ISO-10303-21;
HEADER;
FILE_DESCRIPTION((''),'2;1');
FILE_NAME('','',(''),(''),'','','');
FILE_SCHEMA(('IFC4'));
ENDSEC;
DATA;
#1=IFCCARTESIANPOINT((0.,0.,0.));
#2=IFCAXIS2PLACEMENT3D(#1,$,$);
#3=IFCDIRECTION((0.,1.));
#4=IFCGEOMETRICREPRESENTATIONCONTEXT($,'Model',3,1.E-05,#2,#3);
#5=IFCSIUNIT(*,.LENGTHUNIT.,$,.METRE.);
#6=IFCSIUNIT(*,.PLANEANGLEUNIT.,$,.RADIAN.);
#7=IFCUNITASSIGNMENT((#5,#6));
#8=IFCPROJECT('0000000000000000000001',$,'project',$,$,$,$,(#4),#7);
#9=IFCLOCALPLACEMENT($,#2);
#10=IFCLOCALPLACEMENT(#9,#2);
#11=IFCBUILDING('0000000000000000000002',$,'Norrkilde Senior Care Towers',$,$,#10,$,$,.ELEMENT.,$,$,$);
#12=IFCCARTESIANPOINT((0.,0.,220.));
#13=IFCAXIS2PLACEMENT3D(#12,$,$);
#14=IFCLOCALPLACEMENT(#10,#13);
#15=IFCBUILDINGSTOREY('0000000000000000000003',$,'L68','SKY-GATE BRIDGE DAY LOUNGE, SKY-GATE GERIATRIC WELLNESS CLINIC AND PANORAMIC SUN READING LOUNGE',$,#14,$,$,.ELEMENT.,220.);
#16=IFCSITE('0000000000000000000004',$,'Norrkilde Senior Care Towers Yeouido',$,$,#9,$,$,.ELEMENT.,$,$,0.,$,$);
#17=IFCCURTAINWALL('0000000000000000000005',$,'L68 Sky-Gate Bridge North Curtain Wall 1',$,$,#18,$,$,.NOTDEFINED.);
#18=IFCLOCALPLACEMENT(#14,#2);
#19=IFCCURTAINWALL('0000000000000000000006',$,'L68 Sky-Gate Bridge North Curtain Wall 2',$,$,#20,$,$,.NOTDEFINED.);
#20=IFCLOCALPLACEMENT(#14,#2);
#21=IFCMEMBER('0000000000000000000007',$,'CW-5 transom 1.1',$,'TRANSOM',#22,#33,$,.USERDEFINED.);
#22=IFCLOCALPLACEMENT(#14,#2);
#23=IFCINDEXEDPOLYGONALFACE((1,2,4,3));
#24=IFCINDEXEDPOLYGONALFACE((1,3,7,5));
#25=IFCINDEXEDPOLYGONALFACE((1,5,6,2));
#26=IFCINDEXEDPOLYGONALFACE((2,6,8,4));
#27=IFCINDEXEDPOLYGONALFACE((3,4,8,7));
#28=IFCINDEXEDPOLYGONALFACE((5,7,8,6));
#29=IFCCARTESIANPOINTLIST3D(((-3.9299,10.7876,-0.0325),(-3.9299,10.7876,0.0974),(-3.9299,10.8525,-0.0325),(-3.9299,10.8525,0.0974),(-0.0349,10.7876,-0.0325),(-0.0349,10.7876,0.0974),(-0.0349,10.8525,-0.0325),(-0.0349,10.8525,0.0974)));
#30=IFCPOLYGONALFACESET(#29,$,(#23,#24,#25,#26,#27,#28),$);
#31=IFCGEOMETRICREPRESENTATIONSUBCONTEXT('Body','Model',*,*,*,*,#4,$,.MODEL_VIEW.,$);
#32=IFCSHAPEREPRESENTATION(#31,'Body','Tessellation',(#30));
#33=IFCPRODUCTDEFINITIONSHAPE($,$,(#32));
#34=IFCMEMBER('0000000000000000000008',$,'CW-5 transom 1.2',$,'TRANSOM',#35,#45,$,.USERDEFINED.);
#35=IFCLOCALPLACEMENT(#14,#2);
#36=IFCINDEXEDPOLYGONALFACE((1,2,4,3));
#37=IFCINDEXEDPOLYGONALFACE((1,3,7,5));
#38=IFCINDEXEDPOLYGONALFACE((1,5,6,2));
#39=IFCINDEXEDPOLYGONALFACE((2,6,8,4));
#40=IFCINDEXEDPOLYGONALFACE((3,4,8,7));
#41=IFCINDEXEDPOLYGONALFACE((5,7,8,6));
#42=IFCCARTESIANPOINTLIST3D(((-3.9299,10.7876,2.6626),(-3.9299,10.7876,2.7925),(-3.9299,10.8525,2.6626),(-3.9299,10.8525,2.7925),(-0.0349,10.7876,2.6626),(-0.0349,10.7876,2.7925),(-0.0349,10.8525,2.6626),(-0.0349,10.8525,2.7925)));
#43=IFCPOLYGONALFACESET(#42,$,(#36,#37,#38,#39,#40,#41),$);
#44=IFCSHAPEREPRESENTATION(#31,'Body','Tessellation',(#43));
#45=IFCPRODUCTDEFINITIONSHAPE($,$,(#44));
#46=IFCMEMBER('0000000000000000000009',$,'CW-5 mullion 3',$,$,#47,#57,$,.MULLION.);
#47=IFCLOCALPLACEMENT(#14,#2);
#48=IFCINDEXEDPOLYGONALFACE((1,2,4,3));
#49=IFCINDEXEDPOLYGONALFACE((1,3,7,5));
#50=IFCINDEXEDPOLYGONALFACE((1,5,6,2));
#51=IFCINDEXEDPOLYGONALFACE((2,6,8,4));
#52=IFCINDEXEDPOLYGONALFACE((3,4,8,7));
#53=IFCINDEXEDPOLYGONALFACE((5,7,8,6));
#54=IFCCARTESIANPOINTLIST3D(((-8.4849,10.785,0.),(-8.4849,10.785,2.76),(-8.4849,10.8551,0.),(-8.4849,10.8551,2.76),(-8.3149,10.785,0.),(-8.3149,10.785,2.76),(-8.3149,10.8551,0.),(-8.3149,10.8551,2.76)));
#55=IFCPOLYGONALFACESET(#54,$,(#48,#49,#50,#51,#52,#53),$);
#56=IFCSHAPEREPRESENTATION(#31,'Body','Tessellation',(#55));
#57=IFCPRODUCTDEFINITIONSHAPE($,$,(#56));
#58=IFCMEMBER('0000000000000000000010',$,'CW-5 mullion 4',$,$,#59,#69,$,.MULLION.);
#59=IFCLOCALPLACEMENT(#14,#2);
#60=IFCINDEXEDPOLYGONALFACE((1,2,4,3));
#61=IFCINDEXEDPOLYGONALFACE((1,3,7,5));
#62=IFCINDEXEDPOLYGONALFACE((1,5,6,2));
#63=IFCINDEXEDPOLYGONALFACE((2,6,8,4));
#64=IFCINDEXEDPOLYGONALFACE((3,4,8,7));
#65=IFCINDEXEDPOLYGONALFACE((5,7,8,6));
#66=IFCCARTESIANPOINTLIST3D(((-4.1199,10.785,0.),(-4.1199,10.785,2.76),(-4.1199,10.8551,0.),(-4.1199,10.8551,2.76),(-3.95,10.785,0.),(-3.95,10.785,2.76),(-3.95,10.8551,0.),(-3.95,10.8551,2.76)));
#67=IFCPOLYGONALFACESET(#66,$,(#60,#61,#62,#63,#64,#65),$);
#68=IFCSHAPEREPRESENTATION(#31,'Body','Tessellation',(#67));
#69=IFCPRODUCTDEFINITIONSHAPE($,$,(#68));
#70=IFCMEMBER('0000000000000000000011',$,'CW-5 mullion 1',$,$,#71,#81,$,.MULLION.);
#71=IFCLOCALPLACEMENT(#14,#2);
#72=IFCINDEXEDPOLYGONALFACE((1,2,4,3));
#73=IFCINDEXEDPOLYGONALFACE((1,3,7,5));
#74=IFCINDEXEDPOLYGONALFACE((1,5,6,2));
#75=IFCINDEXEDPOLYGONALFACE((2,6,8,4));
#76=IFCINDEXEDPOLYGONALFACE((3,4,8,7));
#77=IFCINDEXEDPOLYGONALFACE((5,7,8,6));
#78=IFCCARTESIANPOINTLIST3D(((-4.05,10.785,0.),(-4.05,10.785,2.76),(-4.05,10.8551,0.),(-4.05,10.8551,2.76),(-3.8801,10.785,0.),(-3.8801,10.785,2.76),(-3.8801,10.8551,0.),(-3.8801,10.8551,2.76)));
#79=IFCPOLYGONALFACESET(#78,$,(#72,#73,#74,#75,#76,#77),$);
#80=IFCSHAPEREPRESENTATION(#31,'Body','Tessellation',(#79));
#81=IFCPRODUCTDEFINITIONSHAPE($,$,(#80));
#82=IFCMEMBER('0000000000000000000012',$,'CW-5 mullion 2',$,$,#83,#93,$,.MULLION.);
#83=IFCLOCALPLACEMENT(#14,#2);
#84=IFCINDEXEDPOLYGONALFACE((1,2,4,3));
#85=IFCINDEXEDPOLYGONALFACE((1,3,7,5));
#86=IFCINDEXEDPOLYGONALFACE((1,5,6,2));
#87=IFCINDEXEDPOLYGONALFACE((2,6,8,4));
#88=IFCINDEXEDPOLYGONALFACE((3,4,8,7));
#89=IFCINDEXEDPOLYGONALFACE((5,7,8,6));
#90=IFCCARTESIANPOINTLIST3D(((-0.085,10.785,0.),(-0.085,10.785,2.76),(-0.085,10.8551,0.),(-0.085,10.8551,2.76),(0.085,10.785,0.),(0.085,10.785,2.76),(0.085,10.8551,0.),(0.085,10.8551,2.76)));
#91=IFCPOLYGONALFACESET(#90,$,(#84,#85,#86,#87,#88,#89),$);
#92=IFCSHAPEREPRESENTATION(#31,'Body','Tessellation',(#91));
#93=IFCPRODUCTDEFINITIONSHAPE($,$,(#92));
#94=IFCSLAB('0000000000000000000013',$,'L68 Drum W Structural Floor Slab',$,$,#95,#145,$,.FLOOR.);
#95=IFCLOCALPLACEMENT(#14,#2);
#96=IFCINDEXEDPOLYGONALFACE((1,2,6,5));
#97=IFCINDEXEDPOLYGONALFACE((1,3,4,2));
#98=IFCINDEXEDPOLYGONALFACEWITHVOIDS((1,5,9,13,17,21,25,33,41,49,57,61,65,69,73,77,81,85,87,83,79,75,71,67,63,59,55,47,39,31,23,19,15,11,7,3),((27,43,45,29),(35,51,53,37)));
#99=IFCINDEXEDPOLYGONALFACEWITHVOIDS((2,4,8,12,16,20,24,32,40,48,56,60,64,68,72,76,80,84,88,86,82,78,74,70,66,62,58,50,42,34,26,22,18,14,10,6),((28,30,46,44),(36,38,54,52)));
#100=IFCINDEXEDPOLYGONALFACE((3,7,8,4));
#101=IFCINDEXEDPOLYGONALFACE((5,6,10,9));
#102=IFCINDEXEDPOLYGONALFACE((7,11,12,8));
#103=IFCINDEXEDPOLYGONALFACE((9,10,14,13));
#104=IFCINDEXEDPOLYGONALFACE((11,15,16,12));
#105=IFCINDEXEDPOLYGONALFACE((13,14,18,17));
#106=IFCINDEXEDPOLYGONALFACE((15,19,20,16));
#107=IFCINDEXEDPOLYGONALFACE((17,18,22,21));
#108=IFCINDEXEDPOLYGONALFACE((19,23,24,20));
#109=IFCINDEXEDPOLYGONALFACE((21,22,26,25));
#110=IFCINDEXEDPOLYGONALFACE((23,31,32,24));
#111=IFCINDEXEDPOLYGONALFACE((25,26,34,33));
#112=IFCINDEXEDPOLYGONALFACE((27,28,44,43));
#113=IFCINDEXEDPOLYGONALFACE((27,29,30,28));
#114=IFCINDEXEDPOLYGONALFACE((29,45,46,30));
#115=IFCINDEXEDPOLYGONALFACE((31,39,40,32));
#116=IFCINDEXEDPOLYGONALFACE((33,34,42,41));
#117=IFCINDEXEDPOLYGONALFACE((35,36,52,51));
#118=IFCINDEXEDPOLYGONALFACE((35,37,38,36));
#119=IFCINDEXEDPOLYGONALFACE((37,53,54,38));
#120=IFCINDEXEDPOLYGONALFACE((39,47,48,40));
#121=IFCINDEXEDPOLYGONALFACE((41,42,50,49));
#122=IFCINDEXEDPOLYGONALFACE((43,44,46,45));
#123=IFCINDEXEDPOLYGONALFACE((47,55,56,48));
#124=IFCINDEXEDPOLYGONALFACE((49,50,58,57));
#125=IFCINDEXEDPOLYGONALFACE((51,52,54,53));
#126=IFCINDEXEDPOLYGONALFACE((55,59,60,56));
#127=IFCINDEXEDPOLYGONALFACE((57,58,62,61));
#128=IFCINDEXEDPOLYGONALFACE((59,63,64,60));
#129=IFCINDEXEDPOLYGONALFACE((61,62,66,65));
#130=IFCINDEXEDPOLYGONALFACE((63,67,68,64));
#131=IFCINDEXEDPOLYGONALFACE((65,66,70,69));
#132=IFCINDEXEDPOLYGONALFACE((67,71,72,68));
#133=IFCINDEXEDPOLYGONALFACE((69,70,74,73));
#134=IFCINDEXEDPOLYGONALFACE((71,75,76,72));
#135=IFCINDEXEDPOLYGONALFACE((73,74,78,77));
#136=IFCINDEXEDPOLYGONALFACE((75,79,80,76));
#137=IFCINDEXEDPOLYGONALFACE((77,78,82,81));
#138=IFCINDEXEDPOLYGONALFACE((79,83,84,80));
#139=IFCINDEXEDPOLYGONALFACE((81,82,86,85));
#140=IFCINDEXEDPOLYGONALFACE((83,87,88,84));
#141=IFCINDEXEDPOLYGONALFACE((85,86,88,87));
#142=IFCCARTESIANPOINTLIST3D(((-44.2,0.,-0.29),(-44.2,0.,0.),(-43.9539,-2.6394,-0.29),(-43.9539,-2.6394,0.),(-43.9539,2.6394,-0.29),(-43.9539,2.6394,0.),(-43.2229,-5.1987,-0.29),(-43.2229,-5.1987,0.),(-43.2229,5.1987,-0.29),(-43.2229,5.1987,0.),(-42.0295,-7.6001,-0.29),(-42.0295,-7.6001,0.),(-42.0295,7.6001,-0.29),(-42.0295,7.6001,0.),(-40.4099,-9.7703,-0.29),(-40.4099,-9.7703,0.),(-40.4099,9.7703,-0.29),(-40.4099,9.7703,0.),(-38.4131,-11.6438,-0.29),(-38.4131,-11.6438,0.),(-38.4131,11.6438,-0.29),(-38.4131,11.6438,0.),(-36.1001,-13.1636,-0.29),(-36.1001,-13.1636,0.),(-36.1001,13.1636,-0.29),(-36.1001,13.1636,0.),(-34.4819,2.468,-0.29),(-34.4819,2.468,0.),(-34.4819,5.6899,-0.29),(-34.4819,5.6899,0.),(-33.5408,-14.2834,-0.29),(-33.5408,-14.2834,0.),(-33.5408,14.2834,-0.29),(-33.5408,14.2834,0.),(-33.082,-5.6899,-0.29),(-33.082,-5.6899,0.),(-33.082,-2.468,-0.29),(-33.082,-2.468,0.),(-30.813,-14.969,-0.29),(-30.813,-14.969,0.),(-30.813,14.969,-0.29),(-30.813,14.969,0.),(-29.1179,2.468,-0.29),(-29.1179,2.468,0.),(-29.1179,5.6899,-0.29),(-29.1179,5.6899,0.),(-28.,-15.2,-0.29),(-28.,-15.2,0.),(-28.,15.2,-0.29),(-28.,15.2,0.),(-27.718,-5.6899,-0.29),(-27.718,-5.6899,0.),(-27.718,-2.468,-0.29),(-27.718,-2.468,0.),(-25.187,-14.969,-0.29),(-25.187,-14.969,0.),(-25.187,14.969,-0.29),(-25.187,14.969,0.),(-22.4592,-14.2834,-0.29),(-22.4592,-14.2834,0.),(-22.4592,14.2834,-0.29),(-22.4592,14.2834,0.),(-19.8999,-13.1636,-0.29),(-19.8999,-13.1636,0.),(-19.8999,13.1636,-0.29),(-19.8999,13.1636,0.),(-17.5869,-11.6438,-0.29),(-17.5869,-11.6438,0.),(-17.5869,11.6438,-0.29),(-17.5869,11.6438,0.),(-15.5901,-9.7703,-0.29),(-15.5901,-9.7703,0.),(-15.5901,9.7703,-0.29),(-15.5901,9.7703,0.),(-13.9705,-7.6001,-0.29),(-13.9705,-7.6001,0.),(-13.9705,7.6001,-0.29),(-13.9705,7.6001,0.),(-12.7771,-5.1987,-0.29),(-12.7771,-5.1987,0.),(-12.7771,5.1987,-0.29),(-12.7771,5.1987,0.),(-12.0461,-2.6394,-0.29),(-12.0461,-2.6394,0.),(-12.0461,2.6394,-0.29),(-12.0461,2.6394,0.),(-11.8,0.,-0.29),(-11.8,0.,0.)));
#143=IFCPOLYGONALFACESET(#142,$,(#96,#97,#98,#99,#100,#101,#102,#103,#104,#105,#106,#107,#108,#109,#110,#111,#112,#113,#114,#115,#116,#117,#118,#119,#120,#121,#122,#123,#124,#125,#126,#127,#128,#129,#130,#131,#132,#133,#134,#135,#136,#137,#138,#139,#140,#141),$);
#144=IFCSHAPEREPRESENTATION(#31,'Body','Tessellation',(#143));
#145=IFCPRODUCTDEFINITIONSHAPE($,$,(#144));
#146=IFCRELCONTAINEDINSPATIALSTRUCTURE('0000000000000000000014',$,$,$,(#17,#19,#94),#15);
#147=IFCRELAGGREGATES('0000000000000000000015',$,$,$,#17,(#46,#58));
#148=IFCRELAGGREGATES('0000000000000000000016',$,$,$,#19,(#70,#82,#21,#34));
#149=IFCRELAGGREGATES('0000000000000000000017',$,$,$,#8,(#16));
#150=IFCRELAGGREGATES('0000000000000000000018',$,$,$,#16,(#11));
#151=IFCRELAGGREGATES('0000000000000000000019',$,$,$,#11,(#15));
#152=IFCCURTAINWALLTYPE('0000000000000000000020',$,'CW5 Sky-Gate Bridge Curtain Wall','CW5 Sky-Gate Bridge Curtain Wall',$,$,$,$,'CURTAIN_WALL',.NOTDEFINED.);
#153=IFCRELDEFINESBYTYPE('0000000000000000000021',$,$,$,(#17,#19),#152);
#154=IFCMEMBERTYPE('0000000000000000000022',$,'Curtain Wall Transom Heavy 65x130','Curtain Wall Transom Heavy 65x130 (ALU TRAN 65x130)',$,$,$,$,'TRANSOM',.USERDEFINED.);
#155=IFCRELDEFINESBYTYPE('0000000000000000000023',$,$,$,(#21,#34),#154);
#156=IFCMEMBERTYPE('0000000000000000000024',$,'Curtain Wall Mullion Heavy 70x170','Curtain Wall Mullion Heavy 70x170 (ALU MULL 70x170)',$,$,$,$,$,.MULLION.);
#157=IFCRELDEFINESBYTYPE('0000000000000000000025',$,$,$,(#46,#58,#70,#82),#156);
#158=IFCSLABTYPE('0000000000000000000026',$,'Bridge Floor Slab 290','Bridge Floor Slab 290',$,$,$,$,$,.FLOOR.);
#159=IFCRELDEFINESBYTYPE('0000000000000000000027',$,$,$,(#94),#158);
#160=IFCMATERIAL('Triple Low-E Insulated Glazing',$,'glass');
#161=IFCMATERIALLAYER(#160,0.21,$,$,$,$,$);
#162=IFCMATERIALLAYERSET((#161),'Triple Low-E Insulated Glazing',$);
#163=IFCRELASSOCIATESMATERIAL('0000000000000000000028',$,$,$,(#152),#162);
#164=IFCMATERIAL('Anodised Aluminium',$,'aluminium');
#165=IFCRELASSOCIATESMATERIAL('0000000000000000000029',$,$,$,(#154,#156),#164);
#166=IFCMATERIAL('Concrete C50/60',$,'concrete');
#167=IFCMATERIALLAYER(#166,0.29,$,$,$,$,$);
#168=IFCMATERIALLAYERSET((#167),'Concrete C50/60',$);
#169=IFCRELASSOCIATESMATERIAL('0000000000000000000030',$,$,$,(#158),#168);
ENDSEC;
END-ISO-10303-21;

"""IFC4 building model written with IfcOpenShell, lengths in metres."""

from ifc_helpers import new_model, si_unit, direction, frame, origin, origin_2d, place, context, subcontext, project, spatial, polyline, rectangle, outline, extrude, source, transform, mapped, material, layer, layer_set, material_profile, profile_set, type_object, type_shapes, element, aggregate, save


model = new_model("IFC4")

# Units and contexts
model_context = context("Model", 3, precision=1e-05, world=origin(), true_north=direction((0.0, 1.0)))
body_context = subcontext(model_context, "Body", "Model", "MODEL_VIEW")
ifc_project = project(units=[si_unit("LENGTHUNIT", "METRE"), si_unit("PLANEANGLEUNIT", "RADIAN")], contexts=[model_context])

# Site, building, storey
site_placement = place(None, origin())
site = spatial("IfcSite", under=ifc_project, at=site_placement, Name="Norrkilde Senior Care Towers Yeouido", CompositionType="ELEMENT", RefElevation=0.0)
building_placement = place(site_placement, origin())
building = spatial("IfcBuilding", under=site, at=building_placement, Name="Norrkilde Senior Care Towers", CompositionType="ELEMENT")
storey_placement = place(building_placement, frame((0.0, 0.0, 220.0)))
storey = spatial("IfcBuildingStorey", under=building, at=storey_placement, Name="L68", Description="SKY-GATE BRIDGE DAY LOUNGE, SKY-GATE GERIATRIC WELLNESS CLINIC AND PANORAMIC SUN READING LOUNGE", CompositionType="ELEMENT", Elevation=220.0)

# Curtain walls, members
ifc_material_1 = material(Name="Triple Low-E Insulated Glazing", Category="glass")
ifc_layer_1 = layer(ifc_material_1, 0.21)
ifc_layer_set_1 = layer_set([ifc_layer_1], Name="Triple Low-E Insulated Glazing")
curtain_wall_type = type_object("IfcCurtainWallType", Name="CW5 Sky-Gate Bridge Curtain Wall", Description="CW5 Sky-Gate Bridge Curtain Wall", ElementType="CURTAIN_WALL", PredefinedType="NOTDEFINED", material=ifc_layer_set_1)
curtain_wall_1_placement = place(storey_placement, origin())
curtain_wall_1 = element("IfcCurtainWall", 1, at=curtain_wall_1_placement, inside=storey, type_object=curtain_wall_type, Name="L68 Sky-Gate Bridge North Curtain Wall 1", PredefinedType="NOTDEFINED")
ifc_material_2 = material(Name="Anodised Aluminium", Category="aluminium")
ifc_material_profile_1 = material_profile(ifc_material_2, rectangle(XDim=0.0649, YDim=0.1299, at=origin_2d()), Name="ALU TRAN 65x130")
ifc_profile_set_1 = profile_set([ifc_material_profile_1], Name="Anodised Aluminium")
member_type_1 = type_object("IfcMemberType", Name="Curtain Wall Transom Heavy 65x130", Description="Curtain Wall Transom Heavy 65x130 (ALU TRAN 65x130)", ElementType="TRANSOM", PredefinedType="USERDEFINED", material=ifc_profile_set_1)
curtain_wall_2_placement = place(storey_placement, origin())
curtain_wall_2 = element("IfcCurtainWall", 2, at=curtain_wall_2_placement, inside=storey, type_object=curtain_wall_type, Name="L68 Sky-Gate Bridge North Curtain Wall 2", PredefinedType="NOTDEFINED")
shared_shape_1 = source(origin(), body_context, "Body", "SweptSolid", [
    extrude(rectangle(XDim=0.0649, YDim=0.1299, at=origin_2d()), origin(), (0.0, 0.0, 1.0), 3.895),
])
member_1_placement = place(storey_placement, frame((-3.9299, 10.8201, 0.0325), z_axis=(1.0, 0.0, 0.0), x_axis=(0.0, 1.0, 0.0)))
member_1 = element("IfcMember", 3, at=member_1_placement, type_object=member_type_1, Name="CW-5 transom 1.1", ObjectType="TRANSOM", PredefinedType="USERDEFINED", context=body_context, shape_type="MappedRepresentation", body=[
    mapped(shared_shape_1, transform((0.0, 0.0, 0.0), x_axis=(1.0, 0.0, 0.0), y_axis=(0.0, 1.0, 0.0), z_axis=(0.0, 0.0, 1.0), scale=1.0)),
])
member_2_placement = place(storey_placement, frame((-3.9299, 10.8201, 2.7275), z_axis=(1.0, 0.0, 0.0), x_axis=(0.0, 1.0, 0.0)))
member_2 = element("IfcMember", 4, at=member_2_placement, type_object=member_type_1, Name="CW-5 transom 1.2", ObjectType="TRANSOM", PredefinedType="USERDEFINED", context=body_context, shape_type="MappedRepresentation", body=[
    mapped(shared_shape_1, transform((0.0, 0.0, 0.0), x_axis=(1.0, 0.0, 0.0), y_axis=(0.0, 1.0, 0.0), z_axis=(0.0, 0.0, 1.0), scale=1.0)),
])

# Members
ifc_material_profile_2 = material_profile(ifc_material_2, rectangle(XDim=0.0701, YDim=0.1699, at=origin_2d()), Name="ALU MULL 70x170")
ifc_profile_set_2 = profile_set([ifc_material_profile_2], Name="Anodised Aluminium")
member_type_2 = type_object("IfcMemberType", Name="Curtain Wall Mullion Heavy 70x170", Description="Curtain Wall Mullion Heavy 70x170 (ALU MULL 70x170)", PredefinedType="MULLION", material=ifc_profile_set_2)
shared_shape_2 = source(origin(), body_context, "Body", "SweptSolid", [
    extrude(rectangle(XDim=0.0701, YDim=0.1699, at=origin_2d()), origin(), (0.0, 0.0, 1.0), 2.76),
])
type_shapes(member_type_2, [shared_shape_2])
member_3_placement = place(storey_placement, frame((-8.3999, 10.8201, 0.0), z_axis=(0.0, 0.0, 1.0), x_axis=(0.0, 1.0, 0.0)))
member_3 = element("IfcMember", 5, at=member_3_placement, type_object=member_type_2, Name="CW-5 mullion 3", PredefinedType="MULLION", context=body_context, shape_type="MappedRepresentation", body=[
    mapped(shared_shape_2, transform((0.0, 0.0, 0.0), x_axis=(1.0, 0.0, 0.0), y_axis=(0.0, 1.0, 0.0), z_axis=(0.0, 0.0, 1.0), scale=1.0)),
])
member_4_placement = place(storey_placement, frame((-4.0349, 10.8201, 0.0), z_axis=(0.0, 0.0, 1.0), x_axis=(0.0, 1.0, 0.0)))
member_4 = element("IfcMember", 6, at=member_4_placement, type_object=member_type_2, Name="CW-5 mullion 4", PredefinedType="MULLION", context=body_context, shape_type="MappedRepresentation", body=[
    mapped(shared_shape_2, transform((0.0, 0.0, 0.0), x_axis=(1.0, 0.0, 0.0), y_axis=(0.0, 1.0, 0.0), z_axis=(0.0, 0.0, 1.0), scale=1.0)),
])
member_5_placement = place(storey_placement, frame((-3.9651, 10.8201, 0.0), z_axis=(0.0, 0.0, 1.0), x_axis=(0.0, 1.0, 0.0)))
member_5 = element("IfcMember", 7, at=member_5_placement, type_object=member_type_2, Name="CW-5 mullion 1", PredefinedType="MULLION", context=body_context, shape_type="MappedRepresentation", body=[
    mapped(shared_shape_2, transform((0.0, 0.0, 0.0), x_axis=(1.0, 0.0, 0.0), y_axis=(0.0, 1.0, 0.0), z_axis=(0.0, 0.0, 1.0), scale=1.0)),
])
member_6_placement = place(storey_placement, frame((0.0, 10.8201, 0.0), z_axis=(0.0, 0.0, 1.0), x_axis=(0.0, 1.0, 0.0)))
member_6 = element("IfcMember", 8, at=member_6_placement, type_object=member_type_2, Name="CW-5 mullion 2", PredefinedType="MULLION", context=body_context, shape_type="MappedRepresentation", body=[
    mapped(shared_shape_2, transform((0.0, 0.0, 0.0), x_axis=(1.0, 0.0, 0.0), y_axis=(0.0, 1.0, 0.0), z_axis=(0.0, 0.0, 1.0), scale=1.0)),
])

# Slab
ifc_material_3 = material(Name="Concrete C50/60", Category="concrete")
ifc_layer_2 = layer(ifc_material_3, 0.29)
ifc_layer_set_2 = layer_set([ifc_layer_2], Name="Concrete C50/60")
slab_type_1 = type_object("IfcSlabType", Name="Bridge Floor Slab 290", Description="Bridge Floor Slab 290", PredefinedType="FLOOR", material=ifc_layer_set_2)
slab_1_placement = place(storey_placement, frame((0.0, 0.0, -0.29)))
element("IfcSlab", 9, at=slab_1_placement, inside=storey, type_object=slab_type_1, Name="L68 Drum W Structural Floor Slab", PredefinedType="FLOOR", context=body_context, shape_type="SweptSolid", body=[
    extrude(outline(polyline([(-12.7771, -5.1987), (-13.9705, -7.6001), (-15.5901, -9.7703), (-17.5869, -11.6438), (-19.8999, -13.1636), (-22.4592, -14.2834), (-25.187, -14.969), (-28.0, -15.2), (-30.813, -14.969), (-33.5408, -14.2834), (-36.1001, -13.1636), (-38.4131, -11.6438), (-40.4099, -9.7703), (-42.0295, -7.6001), (-43.2229, -5.1987), (-43.9539, -2.6394), (-44.2, 0.0), (-43.9539, 2.6394), (-43.2229, 5.1987), (-42.0295, 7.6001), (-40.4099, 9.7703), (-38.4131, 11.6438), (-36.1001, 13.1636), (-33.5408, 14.2834), (-30.813, 14.969), (-28.0, 15.2), (-25.187, 14.969), (-22.4592, 14.2834), (-19.8999, 13.1636), (-17.5869, 11.6438), (-15.5901, 9.7703), (-13.9705, 7.6001), (-12.7771, 5.1987), (-12.0461, 2.6394), (-11.8, 0.0), (-12.0461, -2.6394), (-12.7771, -5.1987)]), holes=[polyline([(-34.4819, 2.468), (-29.1179, 2.468), (-29.1179, 5.6899), (-34.4819, 5.6899), (-34.4819, 2.468)]), polyline([(-27.718, -5.6899), (-27.718, -2.468), (-33.082, -2.468), (-33.082, -5.6899), (-27.718, -5.6899)])]), origin(), (0.0, 0.0, 1.0), 0.29),
])

aggregate(curtain_wall_1, [member_3, member_4])
aggregate(curtain_wall_2, [member_5, member_6, member_1, member_2])

save(model, "model.ifc")
